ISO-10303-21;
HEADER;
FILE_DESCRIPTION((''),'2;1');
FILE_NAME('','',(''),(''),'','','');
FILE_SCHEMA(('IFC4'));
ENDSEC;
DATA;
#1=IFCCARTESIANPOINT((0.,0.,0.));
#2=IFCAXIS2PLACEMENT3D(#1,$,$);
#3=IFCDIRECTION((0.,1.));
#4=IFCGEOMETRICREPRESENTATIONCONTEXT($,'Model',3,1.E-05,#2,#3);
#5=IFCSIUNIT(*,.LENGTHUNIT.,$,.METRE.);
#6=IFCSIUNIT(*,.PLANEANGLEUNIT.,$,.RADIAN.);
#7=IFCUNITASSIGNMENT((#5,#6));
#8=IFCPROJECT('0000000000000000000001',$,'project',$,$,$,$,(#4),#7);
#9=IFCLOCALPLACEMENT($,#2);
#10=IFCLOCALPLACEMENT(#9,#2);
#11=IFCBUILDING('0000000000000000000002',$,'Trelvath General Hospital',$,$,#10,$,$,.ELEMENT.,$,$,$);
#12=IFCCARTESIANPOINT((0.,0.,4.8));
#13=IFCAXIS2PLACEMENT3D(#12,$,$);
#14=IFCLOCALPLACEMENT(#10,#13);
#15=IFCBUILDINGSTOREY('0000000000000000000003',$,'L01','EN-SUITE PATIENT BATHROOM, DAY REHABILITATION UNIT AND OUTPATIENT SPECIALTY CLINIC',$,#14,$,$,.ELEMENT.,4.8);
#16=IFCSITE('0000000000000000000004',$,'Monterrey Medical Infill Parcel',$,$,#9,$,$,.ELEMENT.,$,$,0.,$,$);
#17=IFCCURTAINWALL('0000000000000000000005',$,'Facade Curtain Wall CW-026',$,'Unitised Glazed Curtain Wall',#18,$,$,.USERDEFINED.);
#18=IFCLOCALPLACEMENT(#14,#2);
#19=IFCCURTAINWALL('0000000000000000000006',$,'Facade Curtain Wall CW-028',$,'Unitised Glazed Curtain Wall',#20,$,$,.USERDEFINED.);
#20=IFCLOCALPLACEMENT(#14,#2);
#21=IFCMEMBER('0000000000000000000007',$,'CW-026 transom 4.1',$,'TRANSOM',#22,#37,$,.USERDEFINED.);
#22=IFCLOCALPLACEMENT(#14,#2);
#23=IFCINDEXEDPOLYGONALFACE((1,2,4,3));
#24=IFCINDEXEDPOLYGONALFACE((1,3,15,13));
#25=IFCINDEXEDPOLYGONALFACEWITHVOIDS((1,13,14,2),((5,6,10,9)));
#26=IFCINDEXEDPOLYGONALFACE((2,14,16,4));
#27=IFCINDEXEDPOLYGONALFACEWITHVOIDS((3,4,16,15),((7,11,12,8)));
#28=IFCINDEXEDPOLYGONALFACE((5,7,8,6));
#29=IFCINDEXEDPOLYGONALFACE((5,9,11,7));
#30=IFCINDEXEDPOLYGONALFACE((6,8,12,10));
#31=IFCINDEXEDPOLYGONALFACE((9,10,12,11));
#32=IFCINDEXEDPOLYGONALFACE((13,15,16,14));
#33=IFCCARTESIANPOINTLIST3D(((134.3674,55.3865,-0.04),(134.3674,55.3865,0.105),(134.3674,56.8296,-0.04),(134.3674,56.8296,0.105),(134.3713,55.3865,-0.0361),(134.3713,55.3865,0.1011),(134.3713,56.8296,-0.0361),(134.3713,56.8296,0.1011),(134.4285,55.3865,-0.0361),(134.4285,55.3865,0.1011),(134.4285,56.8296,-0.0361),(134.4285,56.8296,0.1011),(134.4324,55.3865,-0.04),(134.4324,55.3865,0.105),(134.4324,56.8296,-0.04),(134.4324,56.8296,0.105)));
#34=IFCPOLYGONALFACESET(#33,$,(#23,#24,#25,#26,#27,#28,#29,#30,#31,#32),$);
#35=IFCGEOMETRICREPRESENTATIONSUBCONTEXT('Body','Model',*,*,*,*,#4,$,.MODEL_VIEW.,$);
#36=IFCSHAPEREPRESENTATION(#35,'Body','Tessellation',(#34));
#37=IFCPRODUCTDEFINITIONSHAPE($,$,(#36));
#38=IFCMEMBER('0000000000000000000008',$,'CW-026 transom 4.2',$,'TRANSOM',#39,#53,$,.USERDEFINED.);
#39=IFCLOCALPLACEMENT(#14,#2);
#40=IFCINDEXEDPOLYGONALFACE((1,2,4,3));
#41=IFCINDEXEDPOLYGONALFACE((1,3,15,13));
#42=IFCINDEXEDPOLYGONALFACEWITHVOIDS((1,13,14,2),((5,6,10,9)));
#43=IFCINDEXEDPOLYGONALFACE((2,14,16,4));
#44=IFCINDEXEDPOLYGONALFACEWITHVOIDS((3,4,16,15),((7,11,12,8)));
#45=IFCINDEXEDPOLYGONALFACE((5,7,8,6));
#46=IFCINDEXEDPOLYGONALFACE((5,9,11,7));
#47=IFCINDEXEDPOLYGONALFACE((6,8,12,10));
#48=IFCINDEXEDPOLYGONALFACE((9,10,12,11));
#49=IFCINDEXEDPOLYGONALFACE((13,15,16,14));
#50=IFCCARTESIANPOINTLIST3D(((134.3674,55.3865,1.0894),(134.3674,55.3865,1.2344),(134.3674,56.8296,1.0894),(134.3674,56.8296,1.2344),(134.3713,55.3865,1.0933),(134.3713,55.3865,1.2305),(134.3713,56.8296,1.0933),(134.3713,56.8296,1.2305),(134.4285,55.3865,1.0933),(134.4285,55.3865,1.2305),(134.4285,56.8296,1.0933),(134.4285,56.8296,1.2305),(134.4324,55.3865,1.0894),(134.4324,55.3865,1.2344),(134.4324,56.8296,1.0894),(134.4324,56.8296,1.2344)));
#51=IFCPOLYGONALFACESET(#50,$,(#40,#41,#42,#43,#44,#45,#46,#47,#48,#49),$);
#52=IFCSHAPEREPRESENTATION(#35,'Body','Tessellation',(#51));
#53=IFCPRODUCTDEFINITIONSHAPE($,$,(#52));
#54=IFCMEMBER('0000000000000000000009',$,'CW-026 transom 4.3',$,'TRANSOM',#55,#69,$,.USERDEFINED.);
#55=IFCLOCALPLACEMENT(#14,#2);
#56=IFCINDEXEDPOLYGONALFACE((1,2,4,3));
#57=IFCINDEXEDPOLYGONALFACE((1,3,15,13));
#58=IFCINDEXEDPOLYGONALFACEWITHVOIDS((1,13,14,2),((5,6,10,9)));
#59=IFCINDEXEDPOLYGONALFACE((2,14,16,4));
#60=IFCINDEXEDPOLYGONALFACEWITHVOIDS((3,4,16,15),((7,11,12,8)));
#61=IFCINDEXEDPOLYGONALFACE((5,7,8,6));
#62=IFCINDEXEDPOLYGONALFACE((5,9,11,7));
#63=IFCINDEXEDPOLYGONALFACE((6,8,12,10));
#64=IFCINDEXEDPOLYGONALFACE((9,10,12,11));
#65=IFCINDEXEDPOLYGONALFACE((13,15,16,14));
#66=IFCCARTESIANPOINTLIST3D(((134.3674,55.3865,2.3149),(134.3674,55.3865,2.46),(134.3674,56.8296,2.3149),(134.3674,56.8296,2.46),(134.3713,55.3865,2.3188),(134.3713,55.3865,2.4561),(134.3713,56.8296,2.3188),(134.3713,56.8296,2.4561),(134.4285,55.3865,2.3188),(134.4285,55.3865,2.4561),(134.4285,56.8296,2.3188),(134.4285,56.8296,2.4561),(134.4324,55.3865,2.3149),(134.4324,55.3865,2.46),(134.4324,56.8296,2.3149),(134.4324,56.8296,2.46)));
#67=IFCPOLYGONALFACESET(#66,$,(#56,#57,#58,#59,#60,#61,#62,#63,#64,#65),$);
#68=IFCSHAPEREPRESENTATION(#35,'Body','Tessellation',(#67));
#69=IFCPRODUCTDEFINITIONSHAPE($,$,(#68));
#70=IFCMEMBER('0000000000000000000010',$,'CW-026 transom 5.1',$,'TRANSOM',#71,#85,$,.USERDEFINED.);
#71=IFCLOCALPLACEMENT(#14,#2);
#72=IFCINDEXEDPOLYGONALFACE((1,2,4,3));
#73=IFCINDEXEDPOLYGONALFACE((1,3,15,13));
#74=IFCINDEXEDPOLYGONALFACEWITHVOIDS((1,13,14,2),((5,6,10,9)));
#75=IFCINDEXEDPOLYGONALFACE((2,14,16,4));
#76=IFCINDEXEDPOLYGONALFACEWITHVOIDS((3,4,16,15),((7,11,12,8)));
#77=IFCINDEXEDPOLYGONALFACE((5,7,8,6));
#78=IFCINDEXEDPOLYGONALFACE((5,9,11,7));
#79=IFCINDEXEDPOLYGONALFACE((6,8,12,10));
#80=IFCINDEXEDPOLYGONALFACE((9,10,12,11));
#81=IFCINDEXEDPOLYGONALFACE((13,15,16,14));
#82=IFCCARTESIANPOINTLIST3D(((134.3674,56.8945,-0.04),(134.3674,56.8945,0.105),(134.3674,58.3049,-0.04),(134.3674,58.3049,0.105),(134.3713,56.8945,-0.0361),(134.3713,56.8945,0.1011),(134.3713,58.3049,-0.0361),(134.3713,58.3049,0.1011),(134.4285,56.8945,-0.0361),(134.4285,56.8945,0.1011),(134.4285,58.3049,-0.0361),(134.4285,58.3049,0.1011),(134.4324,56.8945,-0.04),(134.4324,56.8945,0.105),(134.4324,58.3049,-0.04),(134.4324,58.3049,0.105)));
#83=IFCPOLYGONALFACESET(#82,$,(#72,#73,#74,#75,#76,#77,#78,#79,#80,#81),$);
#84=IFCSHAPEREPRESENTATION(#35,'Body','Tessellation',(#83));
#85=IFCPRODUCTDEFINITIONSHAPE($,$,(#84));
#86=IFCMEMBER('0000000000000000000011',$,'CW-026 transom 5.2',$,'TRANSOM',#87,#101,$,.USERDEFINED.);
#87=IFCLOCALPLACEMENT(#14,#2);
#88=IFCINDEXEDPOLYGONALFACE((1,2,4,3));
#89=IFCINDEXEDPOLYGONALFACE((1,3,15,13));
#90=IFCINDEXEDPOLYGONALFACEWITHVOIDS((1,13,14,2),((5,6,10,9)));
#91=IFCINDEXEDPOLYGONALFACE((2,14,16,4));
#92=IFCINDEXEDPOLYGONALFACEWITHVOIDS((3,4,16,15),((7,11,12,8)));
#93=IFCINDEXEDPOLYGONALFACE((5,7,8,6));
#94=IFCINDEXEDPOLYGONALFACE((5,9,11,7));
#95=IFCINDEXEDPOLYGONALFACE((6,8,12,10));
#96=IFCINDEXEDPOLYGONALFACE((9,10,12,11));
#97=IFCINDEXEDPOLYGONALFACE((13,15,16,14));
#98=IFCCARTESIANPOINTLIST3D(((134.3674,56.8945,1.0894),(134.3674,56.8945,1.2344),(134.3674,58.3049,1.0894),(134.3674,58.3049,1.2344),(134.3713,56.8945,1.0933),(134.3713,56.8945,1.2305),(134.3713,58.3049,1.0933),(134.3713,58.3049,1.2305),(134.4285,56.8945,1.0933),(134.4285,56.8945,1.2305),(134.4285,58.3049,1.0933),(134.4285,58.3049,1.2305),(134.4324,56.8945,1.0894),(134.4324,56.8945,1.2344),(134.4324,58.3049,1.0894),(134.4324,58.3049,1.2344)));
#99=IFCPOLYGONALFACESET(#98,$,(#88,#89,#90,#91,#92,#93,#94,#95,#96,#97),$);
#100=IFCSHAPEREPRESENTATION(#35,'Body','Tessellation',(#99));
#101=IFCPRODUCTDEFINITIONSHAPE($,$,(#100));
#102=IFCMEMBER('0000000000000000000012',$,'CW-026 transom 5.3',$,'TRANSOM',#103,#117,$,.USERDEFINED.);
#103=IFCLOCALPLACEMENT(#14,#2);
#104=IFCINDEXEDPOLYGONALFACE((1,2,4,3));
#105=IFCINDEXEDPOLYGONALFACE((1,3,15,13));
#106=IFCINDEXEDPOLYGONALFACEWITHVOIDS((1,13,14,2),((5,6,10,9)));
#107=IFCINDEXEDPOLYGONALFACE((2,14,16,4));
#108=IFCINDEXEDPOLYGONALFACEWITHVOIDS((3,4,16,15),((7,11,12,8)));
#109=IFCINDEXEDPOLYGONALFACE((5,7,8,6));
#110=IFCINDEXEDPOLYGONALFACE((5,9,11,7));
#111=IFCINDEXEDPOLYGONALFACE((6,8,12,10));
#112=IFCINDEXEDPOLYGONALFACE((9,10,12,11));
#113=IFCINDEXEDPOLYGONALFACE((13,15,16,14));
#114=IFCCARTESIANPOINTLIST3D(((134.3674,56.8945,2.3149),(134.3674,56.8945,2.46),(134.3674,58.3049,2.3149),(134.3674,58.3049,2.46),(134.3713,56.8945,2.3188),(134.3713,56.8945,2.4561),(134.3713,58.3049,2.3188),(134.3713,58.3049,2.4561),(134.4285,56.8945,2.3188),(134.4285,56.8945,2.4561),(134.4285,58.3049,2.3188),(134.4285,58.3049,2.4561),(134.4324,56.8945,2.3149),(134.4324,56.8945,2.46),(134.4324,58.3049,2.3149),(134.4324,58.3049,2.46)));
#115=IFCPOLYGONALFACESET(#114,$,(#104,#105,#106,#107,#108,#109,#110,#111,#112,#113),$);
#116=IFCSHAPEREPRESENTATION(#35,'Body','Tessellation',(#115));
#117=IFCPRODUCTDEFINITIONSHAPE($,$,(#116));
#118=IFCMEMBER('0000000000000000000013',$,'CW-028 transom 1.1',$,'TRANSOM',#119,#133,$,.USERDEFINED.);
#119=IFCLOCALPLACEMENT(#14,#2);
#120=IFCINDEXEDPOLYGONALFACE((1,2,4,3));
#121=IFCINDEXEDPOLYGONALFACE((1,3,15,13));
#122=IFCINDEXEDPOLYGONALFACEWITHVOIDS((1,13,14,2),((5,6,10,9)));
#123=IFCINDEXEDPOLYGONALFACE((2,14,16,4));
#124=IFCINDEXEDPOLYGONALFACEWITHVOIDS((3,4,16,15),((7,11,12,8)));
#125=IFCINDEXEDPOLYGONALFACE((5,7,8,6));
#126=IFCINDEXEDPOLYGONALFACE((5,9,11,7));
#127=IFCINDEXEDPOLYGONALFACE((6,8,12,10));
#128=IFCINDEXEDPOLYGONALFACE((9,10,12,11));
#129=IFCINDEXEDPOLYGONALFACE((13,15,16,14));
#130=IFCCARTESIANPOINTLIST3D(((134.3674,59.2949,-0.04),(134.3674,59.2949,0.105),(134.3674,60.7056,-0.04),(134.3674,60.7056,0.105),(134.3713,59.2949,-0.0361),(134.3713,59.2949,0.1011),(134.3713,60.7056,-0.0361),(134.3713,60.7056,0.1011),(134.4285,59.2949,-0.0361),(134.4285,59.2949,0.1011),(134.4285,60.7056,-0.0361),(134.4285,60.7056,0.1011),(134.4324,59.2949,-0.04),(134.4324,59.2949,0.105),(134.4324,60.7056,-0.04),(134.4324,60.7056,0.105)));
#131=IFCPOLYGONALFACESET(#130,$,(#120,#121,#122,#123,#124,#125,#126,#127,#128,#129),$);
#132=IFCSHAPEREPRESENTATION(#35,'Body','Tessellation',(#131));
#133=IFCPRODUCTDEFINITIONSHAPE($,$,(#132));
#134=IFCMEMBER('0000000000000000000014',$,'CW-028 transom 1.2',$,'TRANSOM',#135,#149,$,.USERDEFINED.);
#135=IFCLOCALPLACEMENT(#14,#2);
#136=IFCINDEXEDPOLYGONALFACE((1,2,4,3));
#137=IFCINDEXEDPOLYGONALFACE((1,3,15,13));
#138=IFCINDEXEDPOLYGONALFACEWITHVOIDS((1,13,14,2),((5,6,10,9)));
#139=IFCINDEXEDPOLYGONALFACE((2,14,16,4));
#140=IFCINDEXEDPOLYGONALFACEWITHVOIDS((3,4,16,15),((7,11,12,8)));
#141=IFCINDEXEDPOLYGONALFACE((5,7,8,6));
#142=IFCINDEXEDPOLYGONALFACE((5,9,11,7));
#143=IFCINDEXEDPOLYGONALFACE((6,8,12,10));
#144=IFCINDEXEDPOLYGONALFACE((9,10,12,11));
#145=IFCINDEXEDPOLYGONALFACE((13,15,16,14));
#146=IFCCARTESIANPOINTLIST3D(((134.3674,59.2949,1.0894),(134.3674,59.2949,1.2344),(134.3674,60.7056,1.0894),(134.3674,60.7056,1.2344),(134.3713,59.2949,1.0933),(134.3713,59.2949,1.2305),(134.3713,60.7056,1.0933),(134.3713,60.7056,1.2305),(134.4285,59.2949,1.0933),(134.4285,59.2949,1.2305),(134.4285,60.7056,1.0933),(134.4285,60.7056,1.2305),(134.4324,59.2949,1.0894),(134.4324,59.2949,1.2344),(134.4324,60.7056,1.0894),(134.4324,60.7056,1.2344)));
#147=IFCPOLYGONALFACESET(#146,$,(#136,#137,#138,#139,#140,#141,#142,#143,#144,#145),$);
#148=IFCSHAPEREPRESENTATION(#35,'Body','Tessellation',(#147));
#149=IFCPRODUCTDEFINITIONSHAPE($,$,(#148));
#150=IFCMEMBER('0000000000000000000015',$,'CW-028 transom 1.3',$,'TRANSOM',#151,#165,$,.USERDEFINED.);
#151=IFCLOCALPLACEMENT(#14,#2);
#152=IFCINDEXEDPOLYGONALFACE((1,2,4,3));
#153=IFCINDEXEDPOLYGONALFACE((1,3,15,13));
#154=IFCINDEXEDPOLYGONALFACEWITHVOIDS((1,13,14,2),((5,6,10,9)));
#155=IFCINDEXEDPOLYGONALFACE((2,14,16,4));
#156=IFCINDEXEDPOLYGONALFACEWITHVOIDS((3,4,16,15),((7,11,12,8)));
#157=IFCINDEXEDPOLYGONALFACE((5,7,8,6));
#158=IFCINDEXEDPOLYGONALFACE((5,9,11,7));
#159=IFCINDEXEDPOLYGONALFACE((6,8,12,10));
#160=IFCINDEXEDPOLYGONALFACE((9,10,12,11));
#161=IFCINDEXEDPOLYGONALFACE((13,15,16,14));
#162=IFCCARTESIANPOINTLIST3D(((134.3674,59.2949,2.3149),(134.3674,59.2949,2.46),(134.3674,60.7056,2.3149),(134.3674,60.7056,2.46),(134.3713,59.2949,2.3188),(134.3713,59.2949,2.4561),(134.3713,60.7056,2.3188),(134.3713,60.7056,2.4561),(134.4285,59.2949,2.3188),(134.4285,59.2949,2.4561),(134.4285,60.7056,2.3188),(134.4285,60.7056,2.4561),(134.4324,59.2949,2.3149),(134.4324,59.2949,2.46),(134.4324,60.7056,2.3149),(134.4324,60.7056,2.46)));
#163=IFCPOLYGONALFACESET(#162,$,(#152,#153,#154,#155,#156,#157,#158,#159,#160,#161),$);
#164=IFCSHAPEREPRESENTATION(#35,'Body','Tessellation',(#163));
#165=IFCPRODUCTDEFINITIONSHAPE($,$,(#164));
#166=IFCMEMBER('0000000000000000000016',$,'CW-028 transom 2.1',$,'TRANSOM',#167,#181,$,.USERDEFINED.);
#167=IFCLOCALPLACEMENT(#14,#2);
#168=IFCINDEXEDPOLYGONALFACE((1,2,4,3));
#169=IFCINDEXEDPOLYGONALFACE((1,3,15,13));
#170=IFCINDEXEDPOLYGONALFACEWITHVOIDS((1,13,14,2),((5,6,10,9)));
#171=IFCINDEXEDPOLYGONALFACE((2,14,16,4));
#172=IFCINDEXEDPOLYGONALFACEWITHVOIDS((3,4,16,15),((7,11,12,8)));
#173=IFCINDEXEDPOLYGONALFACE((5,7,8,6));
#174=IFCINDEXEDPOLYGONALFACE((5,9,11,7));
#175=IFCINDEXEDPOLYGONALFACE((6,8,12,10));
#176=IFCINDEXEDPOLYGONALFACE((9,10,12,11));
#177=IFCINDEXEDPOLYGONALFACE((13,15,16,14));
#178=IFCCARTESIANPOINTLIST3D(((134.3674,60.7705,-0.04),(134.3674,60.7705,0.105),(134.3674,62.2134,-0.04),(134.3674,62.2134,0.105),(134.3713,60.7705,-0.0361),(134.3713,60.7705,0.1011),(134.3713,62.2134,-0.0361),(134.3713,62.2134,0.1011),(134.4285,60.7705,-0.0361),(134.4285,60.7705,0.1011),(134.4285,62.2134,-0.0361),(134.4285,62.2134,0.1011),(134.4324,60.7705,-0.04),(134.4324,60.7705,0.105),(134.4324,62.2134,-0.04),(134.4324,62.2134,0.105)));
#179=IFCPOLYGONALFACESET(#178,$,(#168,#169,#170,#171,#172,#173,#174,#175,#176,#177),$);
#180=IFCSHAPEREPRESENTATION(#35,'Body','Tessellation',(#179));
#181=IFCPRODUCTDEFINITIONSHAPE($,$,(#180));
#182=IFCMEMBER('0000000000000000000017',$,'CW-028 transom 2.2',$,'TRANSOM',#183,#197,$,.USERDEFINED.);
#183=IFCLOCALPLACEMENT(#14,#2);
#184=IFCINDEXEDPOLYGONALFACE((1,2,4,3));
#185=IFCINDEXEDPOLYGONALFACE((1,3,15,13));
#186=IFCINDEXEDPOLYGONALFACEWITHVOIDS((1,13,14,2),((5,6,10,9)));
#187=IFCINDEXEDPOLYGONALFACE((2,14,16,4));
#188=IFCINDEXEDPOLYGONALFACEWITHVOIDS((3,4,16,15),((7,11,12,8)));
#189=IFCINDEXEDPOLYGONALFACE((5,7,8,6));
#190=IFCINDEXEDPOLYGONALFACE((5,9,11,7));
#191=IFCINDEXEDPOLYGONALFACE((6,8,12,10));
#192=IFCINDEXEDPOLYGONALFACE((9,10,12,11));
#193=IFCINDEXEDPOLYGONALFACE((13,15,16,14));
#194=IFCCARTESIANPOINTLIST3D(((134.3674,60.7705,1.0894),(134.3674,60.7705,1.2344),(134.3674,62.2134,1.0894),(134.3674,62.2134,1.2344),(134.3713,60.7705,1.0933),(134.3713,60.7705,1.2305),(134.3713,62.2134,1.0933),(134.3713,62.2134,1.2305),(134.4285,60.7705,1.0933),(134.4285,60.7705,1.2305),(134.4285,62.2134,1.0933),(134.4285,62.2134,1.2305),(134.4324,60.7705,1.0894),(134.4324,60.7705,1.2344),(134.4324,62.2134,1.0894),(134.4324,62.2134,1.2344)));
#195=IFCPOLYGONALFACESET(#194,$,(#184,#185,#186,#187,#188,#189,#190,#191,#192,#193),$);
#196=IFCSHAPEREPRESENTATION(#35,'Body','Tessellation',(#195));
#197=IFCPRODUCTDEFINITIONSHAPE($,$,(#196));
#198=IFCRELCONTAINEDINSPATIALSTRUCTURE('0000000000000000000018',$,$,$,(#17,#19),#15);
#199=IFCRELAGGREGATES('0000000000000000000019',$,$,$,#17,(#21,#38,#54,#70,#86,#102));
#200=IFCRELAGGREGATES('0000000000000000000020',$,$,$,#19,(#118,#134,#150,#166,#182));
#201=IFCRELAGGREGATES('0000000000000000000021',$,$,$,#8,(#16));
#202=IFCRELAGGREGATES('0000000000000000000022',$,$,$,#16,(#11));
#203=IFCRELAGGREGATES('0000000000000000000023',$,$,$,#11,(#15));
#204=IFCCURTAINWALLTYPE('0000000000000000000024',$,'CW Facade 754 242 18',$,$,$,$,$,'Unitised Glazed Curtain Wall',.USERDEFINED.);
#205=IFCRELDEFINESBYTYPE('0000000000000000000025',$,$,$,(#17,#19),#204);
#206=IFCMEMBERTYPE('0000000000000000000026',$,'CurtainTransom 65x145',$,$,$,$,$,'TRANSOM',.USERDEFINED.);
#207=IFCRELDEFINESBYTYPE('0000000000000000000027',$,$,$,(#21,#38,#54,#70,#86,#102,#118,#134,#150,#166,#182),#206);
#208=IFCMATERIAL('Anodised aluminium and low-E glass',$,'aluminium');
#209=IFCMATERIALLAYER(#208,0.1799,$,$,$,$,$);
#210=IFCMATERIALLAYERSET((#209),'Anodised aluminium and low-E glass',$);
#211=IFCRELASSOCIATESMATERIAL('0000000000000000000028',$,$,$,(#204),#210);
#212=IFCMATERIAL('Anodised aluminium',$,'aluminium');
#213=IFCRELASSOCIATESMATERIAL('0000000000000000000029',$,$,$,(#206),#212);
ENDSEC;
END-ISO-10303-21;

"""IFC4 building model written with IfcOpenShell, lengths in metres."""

from ifc_helpers import new_model, si_unit, direction, frame, origin, origin_2d, place, context, subcontext, project, spatial, hollow_rectangle, extrude, material, layer, layer_set, material_profile, profile_set, type_object, element, aggregate, save


model = new_model("IFC4")

# Units and contexts
model_context = context("Model", 3, precision=1e-05, world=origin(), true_north=direction((0.0, 1.0)))
body_context = subcontext(model_context, "Body", "Model", "MODEL_VIEW")
ifc_project = project(units=[si_unit("LENGTHUNIT", "METRE"), si_unit("PLANEANGLEUNIT", "RADIAN")], contexts=[model_context])

# Site, building, storey
site_placement = place(None, origin())
site = spatial("IfcSite", under=ifc_project, at=site_placement, Name="Monterrey Medical Infill Parcel", CompositionType="ELEMENT", RefElevation=0.0)
building_placement = place(site_placement, origin())
building = spatial("IfcBuilding", under=site, at=building_placement, Name="Trelvath General Hospital", CompositionType="ELEMENT")
storey_placement = place(building_placement, frame((0.0, 0.0, 4.8)))
storey = spatial("IfcBuildingStorey", under=building, at=storey_placement, Name="L01", Description="EN-SUITE PATIENT BATHROOM, DAY REHABILITATION UNIT AND OUTPATIENT SPECIALTY CLINIC", CompositionType="ELEMENT", Elevation=4.8)

# Curtain walls
ifc_material_1 = material(Name="Anodised aluminium and low-E glass", Category="aluminium")
ifc_layer_1 = layer(ifc_material_1, 0.1799)
ifc_layer_set_1 = layer_set([ifc_layer_1], Name="Anodised aluminium and low-E glass")
curtain_wall_type = type_object("IfcCurtainWallType", Name="CW Facade 754 242 18", ElementType="Unitised Glazed Curtain Wall", PredefinedType="USERDEFINED", material=ifc_layer_set_1)
curtain_wall_1_placement = place(storey_placement, origin())
curtain_wall_1 = element("IfcCurtainWall", 1, at=curtain_wall_1_placement, inside=storey, type_object=curtain_wall_type, Name="Facade Curtain Wall CW-026", ObjectType="Unitised Glazed Curtain Wall", PredefinedType="USERDEFINED")
curtain_wall_2_placement = place(storey_placement, origin())
curtain_wall_2 = element("IfcCurtainWall", 2, at=curtain_wall_2_placement, inside=storey, type_object=curtain_wall_type, Name="Facade Curtain Wall CW-028", ObjectType="Unitised Glazed Curtain Wall", PredefinedType="USERDEFINED")

# Members
ifc_material_2 = material(Name="Anodised aluminium", Category="aluminium")
ifc_material_profile_1 = material_profile(ifc_material_2, hollow_rectangle(XDim=0.0649, YDim=0.145, WallThickness=0.0039, at=origin_2d()), Name="RHS65x145x4")
ifc_profile_set_1 = profile_set([ifc_material_profile_1], Name="Anodised aluminium")
member_type_1 = type_object("IfcMemberType", Name="CurtainTransom 65x145", ElementType="TRANSOM", PredefinedType="USERDEFINED", material=ifc_profile_set_1)
member_1_placement = place(storey_placement, frame((134.3999, 55.3865, 0.0325), z_axis=(0.0, 1.0, 0.0), x_axis=(-1.0, 0.0, 0.0)))
member_1 = element("IfcMember", 3, at=member_1_placement, type_object=member_type_1, Name="CW-026 transom 4.1", ObjectType="TRANSOM", PredefinedType="USERDEFINED", context=body_context, shape_type="SweptSolid", body=[
    extrude(hollow_rectangle(XDim=0.0649, YDim=0.145, WallThickness=0.0039, at=origin_2d()), origin(), (0.0, 0.0, 1.0), 1.4431),
])
member_2_placement = place(storey_placement, frame((134.3999, 55.3865, 1.1619), z_axis=(0.0, 1.0, 0.0), x_axis=(-1.0, 0.0, 0.0)))
member_2 = element("IfcMember", 4, at=member_2_placement, type_object=member_type_1, Name="CW-026 transom 4.2", ObjectType="TRANSOM", PredefinedType="USERDEFINED", context=body_context, shape_type="SweptSolid", body=[
    extrude(hollow_rectangle(XDim=0.0649, YDim=0.145, WallThickness=0.0039, at=origin_2d()), origin(), (0.0, 0.0, 1.0), 1.4431),
])
member_3_placement = place(storey_placement, frame((134.3999, 55.3865, 2.3875), z_axis=(0.0, 1.0, 0.0), x_axis=(-1.0, 0.0, 0.0)))
member_3 = element("IfcMember", 5, at=member_3_placement, type_object=member_type_1, Name="CW-026 transom 4.3", ObjectType="TRANSOM", PredefinedType="USERDEFINED", context=body_context, shape_type="SweptSolid", body=[
    extrude(hollow_rectangle(XDim=0.0649, YDim=0.145, WallThickness=0.0039, at=origin_2d()), origin(), (0.0, 0.0, 1.0), 1.4431),
])
member_4_placement = place(storey_placement, frame((134.3999, 56.8945, 0.0325), z_axis=(0.0, 1.0, 0.0), x_axis=(-1.0, 0.0, 0.0)))
member_4 = element("IfcMember", 6, at=member_4_placement, type_object=member_type_1, Name="CW-026 transom 5.1", ObjectType="TRANSOM", PredefinedType="USERDEFINED", context=body_context, shape_type="SweptSolid", body=[
    extrude(hollow_rectangle(XDim=0.0649, YDim=0.145, WallThickness=0.0039, at=origin_2d()), origin(), (0.0, 0.0, 1.0), 1.4104),
])
member_5_placement = place(storey_placement, frame((134.3999, 56.8945, 1.1619), z_axis=(0.0, 1.0, 0.0), x_axis=(-1.0, 0.0, 0.0)))
member_5 = element("IfcMember", 7, at=member_5_placement, type_object=member_type_1, Name="CW-026 transom 5.2", ObjectType="TRANSOM", PredefinedType="USERDEFINED", context=body_context, shape_type="SweptSolid", body=[
    extrude(hollow_rectangle(XDim=0.0649, YDim=0.145, WallThickness=0.0039, at=origin_2d()), origin(), (0.0, 0.0, 1.0), 1.4104),
])
member_6_placement = place(storey_placement, frame((134.3999, 56.8945, 2.3875), z_axis=(0.0, 1.0, 0.0), x_axis=(-1.0, 0.0, 0.0)))
member_6 = element("IfcMember", 8, at=member_6_placement, type_object=member_type_1, Name="CW-026 transom 5.3", ObjectType="TRANSOM", PredefinedType="USERDEFINED", context=body_context, shape_type="SweptSolid", body=[
    extrude(hollow_rectangle(XDim=0.0649, YDim=0.145, WallThickness=0.0039, at=origin_2d()), origin(), (0.0, 0.0, 1.0), 1.4104),
])
member_7_placement = place(storey_placement, frame((134.3999, 59.2949, 0.0325), z_axis=(0.0, 1.0, 0.0), x_axis=(-1.0, 0.0, 0.0)))
member_7 = element("IfcMember", 9, at=member_7_placement, type_object=member_type_1, Name="CW-028 transom 1.1", ObjectType="TRANSOM", PredefinedType="USERDEFINED", context=body_context, shape_type="SweptSolid", body=[
    extrude(hollow_rectangle(XDim=0.0649, YDim=0.145, WallThickness=0.0039, at=origin_2d()), origin(), (0.0, 0.0, 1.0), 1.4106),
])
member_8_placement = place(storey_placement, frame((134.3999, 59.2949, 1.1619), z_axis=(0.0, 1.0, 0.0), x_axis=(-1.0, 0.0, 0.0)))
member_8 = element("IfcMember", 10, at=member_8_placement, type_object=member_type_1, Name="CW-028 transom 1.2", ObjectType="TRANSOM", PredefinedType="USERDEFINED", context=body_context, shape_type="SweptSolid", body=[
    extrude(hollow_rectangle(XDim=0.0649, YDim=0.145, WallThickness=0.0039, at=origin_2d()), origin(), (0.0, 0.0, 1.0), 1.4106),
])
member_9_placement = place(storey_placement, frame((134.3999, 59.2949, 2.3875), z_axis=(0.0, 1.0, 0.0), x_axis=(-1.0, 0.0, 0.0)))
member_9 = element("IfcMember", 11, at=member_9_placement, type_object=member_type_1, Name="CW-028 transom 1.3", ObjectType="TRANSOM", PredefinedType="USERDEFINED", context=body_context, shape_type="SweptSolid", body=[
    extrude(hollow_rectangle(XDim=0.0649, YDim=0.145, WallThickness=0.0039, at=origin_2d()), origin(), (0.0, 0.0, 1.0), 1.4106),
])
member_10_placement = place(storey_placement, frame((134.3999, 60.7705, 0.0325), z_axis=(0.0, 1.0, 0.0), x_axis=(-1.0, 0.0, 0.0)))
member_10 = element("IfcMember", 12, at=member_10_placement, type_object=member_type_1, Name="CW-028 transom 2.1", ObjectType="TRANSOM", PredefinedType="USERDEFINED", context=body_context, shape_type="SweptSolid", body=[
    extrude(hollow_rectangle(XDim=0.0649, YDim=0.145, WallThickness=0.0039, at=origin_2d()), origin(), (0.0, 0.0, 1.0), 1.4429),
])
member_11_placement = place(storey_placement, frame((134.3999, 60.7705, 1.1619), z_axis=(0.0, 1.0, 0.0), x_axis=(-1.0, 0.0, 0.0)))
member_11 = element("IfcMember", 13, at=member_11_placement, type_object=member_type_1, Name="CW-028 transom 2.2", ObjectType="TRANSOM", PredefinedType="USERDEFINED", context=body_context, shape_type="SweptSolid", body=[
    extrude(hollow_rectangle(XDim=0.0649, YDim=0.145, WallThickness=0.0039, at=origin_2d()), origin(), (0.0, 0.0, 1.0), 1.4429),
])

aggregate(curtain_wall_1, [member_1, member_2, member_3, member_4, member_5, member_6])
aggregate(curtain_wall_2, [member_7, member_8, member_9, member_10, member_11])

save(model, "model.ifc")
